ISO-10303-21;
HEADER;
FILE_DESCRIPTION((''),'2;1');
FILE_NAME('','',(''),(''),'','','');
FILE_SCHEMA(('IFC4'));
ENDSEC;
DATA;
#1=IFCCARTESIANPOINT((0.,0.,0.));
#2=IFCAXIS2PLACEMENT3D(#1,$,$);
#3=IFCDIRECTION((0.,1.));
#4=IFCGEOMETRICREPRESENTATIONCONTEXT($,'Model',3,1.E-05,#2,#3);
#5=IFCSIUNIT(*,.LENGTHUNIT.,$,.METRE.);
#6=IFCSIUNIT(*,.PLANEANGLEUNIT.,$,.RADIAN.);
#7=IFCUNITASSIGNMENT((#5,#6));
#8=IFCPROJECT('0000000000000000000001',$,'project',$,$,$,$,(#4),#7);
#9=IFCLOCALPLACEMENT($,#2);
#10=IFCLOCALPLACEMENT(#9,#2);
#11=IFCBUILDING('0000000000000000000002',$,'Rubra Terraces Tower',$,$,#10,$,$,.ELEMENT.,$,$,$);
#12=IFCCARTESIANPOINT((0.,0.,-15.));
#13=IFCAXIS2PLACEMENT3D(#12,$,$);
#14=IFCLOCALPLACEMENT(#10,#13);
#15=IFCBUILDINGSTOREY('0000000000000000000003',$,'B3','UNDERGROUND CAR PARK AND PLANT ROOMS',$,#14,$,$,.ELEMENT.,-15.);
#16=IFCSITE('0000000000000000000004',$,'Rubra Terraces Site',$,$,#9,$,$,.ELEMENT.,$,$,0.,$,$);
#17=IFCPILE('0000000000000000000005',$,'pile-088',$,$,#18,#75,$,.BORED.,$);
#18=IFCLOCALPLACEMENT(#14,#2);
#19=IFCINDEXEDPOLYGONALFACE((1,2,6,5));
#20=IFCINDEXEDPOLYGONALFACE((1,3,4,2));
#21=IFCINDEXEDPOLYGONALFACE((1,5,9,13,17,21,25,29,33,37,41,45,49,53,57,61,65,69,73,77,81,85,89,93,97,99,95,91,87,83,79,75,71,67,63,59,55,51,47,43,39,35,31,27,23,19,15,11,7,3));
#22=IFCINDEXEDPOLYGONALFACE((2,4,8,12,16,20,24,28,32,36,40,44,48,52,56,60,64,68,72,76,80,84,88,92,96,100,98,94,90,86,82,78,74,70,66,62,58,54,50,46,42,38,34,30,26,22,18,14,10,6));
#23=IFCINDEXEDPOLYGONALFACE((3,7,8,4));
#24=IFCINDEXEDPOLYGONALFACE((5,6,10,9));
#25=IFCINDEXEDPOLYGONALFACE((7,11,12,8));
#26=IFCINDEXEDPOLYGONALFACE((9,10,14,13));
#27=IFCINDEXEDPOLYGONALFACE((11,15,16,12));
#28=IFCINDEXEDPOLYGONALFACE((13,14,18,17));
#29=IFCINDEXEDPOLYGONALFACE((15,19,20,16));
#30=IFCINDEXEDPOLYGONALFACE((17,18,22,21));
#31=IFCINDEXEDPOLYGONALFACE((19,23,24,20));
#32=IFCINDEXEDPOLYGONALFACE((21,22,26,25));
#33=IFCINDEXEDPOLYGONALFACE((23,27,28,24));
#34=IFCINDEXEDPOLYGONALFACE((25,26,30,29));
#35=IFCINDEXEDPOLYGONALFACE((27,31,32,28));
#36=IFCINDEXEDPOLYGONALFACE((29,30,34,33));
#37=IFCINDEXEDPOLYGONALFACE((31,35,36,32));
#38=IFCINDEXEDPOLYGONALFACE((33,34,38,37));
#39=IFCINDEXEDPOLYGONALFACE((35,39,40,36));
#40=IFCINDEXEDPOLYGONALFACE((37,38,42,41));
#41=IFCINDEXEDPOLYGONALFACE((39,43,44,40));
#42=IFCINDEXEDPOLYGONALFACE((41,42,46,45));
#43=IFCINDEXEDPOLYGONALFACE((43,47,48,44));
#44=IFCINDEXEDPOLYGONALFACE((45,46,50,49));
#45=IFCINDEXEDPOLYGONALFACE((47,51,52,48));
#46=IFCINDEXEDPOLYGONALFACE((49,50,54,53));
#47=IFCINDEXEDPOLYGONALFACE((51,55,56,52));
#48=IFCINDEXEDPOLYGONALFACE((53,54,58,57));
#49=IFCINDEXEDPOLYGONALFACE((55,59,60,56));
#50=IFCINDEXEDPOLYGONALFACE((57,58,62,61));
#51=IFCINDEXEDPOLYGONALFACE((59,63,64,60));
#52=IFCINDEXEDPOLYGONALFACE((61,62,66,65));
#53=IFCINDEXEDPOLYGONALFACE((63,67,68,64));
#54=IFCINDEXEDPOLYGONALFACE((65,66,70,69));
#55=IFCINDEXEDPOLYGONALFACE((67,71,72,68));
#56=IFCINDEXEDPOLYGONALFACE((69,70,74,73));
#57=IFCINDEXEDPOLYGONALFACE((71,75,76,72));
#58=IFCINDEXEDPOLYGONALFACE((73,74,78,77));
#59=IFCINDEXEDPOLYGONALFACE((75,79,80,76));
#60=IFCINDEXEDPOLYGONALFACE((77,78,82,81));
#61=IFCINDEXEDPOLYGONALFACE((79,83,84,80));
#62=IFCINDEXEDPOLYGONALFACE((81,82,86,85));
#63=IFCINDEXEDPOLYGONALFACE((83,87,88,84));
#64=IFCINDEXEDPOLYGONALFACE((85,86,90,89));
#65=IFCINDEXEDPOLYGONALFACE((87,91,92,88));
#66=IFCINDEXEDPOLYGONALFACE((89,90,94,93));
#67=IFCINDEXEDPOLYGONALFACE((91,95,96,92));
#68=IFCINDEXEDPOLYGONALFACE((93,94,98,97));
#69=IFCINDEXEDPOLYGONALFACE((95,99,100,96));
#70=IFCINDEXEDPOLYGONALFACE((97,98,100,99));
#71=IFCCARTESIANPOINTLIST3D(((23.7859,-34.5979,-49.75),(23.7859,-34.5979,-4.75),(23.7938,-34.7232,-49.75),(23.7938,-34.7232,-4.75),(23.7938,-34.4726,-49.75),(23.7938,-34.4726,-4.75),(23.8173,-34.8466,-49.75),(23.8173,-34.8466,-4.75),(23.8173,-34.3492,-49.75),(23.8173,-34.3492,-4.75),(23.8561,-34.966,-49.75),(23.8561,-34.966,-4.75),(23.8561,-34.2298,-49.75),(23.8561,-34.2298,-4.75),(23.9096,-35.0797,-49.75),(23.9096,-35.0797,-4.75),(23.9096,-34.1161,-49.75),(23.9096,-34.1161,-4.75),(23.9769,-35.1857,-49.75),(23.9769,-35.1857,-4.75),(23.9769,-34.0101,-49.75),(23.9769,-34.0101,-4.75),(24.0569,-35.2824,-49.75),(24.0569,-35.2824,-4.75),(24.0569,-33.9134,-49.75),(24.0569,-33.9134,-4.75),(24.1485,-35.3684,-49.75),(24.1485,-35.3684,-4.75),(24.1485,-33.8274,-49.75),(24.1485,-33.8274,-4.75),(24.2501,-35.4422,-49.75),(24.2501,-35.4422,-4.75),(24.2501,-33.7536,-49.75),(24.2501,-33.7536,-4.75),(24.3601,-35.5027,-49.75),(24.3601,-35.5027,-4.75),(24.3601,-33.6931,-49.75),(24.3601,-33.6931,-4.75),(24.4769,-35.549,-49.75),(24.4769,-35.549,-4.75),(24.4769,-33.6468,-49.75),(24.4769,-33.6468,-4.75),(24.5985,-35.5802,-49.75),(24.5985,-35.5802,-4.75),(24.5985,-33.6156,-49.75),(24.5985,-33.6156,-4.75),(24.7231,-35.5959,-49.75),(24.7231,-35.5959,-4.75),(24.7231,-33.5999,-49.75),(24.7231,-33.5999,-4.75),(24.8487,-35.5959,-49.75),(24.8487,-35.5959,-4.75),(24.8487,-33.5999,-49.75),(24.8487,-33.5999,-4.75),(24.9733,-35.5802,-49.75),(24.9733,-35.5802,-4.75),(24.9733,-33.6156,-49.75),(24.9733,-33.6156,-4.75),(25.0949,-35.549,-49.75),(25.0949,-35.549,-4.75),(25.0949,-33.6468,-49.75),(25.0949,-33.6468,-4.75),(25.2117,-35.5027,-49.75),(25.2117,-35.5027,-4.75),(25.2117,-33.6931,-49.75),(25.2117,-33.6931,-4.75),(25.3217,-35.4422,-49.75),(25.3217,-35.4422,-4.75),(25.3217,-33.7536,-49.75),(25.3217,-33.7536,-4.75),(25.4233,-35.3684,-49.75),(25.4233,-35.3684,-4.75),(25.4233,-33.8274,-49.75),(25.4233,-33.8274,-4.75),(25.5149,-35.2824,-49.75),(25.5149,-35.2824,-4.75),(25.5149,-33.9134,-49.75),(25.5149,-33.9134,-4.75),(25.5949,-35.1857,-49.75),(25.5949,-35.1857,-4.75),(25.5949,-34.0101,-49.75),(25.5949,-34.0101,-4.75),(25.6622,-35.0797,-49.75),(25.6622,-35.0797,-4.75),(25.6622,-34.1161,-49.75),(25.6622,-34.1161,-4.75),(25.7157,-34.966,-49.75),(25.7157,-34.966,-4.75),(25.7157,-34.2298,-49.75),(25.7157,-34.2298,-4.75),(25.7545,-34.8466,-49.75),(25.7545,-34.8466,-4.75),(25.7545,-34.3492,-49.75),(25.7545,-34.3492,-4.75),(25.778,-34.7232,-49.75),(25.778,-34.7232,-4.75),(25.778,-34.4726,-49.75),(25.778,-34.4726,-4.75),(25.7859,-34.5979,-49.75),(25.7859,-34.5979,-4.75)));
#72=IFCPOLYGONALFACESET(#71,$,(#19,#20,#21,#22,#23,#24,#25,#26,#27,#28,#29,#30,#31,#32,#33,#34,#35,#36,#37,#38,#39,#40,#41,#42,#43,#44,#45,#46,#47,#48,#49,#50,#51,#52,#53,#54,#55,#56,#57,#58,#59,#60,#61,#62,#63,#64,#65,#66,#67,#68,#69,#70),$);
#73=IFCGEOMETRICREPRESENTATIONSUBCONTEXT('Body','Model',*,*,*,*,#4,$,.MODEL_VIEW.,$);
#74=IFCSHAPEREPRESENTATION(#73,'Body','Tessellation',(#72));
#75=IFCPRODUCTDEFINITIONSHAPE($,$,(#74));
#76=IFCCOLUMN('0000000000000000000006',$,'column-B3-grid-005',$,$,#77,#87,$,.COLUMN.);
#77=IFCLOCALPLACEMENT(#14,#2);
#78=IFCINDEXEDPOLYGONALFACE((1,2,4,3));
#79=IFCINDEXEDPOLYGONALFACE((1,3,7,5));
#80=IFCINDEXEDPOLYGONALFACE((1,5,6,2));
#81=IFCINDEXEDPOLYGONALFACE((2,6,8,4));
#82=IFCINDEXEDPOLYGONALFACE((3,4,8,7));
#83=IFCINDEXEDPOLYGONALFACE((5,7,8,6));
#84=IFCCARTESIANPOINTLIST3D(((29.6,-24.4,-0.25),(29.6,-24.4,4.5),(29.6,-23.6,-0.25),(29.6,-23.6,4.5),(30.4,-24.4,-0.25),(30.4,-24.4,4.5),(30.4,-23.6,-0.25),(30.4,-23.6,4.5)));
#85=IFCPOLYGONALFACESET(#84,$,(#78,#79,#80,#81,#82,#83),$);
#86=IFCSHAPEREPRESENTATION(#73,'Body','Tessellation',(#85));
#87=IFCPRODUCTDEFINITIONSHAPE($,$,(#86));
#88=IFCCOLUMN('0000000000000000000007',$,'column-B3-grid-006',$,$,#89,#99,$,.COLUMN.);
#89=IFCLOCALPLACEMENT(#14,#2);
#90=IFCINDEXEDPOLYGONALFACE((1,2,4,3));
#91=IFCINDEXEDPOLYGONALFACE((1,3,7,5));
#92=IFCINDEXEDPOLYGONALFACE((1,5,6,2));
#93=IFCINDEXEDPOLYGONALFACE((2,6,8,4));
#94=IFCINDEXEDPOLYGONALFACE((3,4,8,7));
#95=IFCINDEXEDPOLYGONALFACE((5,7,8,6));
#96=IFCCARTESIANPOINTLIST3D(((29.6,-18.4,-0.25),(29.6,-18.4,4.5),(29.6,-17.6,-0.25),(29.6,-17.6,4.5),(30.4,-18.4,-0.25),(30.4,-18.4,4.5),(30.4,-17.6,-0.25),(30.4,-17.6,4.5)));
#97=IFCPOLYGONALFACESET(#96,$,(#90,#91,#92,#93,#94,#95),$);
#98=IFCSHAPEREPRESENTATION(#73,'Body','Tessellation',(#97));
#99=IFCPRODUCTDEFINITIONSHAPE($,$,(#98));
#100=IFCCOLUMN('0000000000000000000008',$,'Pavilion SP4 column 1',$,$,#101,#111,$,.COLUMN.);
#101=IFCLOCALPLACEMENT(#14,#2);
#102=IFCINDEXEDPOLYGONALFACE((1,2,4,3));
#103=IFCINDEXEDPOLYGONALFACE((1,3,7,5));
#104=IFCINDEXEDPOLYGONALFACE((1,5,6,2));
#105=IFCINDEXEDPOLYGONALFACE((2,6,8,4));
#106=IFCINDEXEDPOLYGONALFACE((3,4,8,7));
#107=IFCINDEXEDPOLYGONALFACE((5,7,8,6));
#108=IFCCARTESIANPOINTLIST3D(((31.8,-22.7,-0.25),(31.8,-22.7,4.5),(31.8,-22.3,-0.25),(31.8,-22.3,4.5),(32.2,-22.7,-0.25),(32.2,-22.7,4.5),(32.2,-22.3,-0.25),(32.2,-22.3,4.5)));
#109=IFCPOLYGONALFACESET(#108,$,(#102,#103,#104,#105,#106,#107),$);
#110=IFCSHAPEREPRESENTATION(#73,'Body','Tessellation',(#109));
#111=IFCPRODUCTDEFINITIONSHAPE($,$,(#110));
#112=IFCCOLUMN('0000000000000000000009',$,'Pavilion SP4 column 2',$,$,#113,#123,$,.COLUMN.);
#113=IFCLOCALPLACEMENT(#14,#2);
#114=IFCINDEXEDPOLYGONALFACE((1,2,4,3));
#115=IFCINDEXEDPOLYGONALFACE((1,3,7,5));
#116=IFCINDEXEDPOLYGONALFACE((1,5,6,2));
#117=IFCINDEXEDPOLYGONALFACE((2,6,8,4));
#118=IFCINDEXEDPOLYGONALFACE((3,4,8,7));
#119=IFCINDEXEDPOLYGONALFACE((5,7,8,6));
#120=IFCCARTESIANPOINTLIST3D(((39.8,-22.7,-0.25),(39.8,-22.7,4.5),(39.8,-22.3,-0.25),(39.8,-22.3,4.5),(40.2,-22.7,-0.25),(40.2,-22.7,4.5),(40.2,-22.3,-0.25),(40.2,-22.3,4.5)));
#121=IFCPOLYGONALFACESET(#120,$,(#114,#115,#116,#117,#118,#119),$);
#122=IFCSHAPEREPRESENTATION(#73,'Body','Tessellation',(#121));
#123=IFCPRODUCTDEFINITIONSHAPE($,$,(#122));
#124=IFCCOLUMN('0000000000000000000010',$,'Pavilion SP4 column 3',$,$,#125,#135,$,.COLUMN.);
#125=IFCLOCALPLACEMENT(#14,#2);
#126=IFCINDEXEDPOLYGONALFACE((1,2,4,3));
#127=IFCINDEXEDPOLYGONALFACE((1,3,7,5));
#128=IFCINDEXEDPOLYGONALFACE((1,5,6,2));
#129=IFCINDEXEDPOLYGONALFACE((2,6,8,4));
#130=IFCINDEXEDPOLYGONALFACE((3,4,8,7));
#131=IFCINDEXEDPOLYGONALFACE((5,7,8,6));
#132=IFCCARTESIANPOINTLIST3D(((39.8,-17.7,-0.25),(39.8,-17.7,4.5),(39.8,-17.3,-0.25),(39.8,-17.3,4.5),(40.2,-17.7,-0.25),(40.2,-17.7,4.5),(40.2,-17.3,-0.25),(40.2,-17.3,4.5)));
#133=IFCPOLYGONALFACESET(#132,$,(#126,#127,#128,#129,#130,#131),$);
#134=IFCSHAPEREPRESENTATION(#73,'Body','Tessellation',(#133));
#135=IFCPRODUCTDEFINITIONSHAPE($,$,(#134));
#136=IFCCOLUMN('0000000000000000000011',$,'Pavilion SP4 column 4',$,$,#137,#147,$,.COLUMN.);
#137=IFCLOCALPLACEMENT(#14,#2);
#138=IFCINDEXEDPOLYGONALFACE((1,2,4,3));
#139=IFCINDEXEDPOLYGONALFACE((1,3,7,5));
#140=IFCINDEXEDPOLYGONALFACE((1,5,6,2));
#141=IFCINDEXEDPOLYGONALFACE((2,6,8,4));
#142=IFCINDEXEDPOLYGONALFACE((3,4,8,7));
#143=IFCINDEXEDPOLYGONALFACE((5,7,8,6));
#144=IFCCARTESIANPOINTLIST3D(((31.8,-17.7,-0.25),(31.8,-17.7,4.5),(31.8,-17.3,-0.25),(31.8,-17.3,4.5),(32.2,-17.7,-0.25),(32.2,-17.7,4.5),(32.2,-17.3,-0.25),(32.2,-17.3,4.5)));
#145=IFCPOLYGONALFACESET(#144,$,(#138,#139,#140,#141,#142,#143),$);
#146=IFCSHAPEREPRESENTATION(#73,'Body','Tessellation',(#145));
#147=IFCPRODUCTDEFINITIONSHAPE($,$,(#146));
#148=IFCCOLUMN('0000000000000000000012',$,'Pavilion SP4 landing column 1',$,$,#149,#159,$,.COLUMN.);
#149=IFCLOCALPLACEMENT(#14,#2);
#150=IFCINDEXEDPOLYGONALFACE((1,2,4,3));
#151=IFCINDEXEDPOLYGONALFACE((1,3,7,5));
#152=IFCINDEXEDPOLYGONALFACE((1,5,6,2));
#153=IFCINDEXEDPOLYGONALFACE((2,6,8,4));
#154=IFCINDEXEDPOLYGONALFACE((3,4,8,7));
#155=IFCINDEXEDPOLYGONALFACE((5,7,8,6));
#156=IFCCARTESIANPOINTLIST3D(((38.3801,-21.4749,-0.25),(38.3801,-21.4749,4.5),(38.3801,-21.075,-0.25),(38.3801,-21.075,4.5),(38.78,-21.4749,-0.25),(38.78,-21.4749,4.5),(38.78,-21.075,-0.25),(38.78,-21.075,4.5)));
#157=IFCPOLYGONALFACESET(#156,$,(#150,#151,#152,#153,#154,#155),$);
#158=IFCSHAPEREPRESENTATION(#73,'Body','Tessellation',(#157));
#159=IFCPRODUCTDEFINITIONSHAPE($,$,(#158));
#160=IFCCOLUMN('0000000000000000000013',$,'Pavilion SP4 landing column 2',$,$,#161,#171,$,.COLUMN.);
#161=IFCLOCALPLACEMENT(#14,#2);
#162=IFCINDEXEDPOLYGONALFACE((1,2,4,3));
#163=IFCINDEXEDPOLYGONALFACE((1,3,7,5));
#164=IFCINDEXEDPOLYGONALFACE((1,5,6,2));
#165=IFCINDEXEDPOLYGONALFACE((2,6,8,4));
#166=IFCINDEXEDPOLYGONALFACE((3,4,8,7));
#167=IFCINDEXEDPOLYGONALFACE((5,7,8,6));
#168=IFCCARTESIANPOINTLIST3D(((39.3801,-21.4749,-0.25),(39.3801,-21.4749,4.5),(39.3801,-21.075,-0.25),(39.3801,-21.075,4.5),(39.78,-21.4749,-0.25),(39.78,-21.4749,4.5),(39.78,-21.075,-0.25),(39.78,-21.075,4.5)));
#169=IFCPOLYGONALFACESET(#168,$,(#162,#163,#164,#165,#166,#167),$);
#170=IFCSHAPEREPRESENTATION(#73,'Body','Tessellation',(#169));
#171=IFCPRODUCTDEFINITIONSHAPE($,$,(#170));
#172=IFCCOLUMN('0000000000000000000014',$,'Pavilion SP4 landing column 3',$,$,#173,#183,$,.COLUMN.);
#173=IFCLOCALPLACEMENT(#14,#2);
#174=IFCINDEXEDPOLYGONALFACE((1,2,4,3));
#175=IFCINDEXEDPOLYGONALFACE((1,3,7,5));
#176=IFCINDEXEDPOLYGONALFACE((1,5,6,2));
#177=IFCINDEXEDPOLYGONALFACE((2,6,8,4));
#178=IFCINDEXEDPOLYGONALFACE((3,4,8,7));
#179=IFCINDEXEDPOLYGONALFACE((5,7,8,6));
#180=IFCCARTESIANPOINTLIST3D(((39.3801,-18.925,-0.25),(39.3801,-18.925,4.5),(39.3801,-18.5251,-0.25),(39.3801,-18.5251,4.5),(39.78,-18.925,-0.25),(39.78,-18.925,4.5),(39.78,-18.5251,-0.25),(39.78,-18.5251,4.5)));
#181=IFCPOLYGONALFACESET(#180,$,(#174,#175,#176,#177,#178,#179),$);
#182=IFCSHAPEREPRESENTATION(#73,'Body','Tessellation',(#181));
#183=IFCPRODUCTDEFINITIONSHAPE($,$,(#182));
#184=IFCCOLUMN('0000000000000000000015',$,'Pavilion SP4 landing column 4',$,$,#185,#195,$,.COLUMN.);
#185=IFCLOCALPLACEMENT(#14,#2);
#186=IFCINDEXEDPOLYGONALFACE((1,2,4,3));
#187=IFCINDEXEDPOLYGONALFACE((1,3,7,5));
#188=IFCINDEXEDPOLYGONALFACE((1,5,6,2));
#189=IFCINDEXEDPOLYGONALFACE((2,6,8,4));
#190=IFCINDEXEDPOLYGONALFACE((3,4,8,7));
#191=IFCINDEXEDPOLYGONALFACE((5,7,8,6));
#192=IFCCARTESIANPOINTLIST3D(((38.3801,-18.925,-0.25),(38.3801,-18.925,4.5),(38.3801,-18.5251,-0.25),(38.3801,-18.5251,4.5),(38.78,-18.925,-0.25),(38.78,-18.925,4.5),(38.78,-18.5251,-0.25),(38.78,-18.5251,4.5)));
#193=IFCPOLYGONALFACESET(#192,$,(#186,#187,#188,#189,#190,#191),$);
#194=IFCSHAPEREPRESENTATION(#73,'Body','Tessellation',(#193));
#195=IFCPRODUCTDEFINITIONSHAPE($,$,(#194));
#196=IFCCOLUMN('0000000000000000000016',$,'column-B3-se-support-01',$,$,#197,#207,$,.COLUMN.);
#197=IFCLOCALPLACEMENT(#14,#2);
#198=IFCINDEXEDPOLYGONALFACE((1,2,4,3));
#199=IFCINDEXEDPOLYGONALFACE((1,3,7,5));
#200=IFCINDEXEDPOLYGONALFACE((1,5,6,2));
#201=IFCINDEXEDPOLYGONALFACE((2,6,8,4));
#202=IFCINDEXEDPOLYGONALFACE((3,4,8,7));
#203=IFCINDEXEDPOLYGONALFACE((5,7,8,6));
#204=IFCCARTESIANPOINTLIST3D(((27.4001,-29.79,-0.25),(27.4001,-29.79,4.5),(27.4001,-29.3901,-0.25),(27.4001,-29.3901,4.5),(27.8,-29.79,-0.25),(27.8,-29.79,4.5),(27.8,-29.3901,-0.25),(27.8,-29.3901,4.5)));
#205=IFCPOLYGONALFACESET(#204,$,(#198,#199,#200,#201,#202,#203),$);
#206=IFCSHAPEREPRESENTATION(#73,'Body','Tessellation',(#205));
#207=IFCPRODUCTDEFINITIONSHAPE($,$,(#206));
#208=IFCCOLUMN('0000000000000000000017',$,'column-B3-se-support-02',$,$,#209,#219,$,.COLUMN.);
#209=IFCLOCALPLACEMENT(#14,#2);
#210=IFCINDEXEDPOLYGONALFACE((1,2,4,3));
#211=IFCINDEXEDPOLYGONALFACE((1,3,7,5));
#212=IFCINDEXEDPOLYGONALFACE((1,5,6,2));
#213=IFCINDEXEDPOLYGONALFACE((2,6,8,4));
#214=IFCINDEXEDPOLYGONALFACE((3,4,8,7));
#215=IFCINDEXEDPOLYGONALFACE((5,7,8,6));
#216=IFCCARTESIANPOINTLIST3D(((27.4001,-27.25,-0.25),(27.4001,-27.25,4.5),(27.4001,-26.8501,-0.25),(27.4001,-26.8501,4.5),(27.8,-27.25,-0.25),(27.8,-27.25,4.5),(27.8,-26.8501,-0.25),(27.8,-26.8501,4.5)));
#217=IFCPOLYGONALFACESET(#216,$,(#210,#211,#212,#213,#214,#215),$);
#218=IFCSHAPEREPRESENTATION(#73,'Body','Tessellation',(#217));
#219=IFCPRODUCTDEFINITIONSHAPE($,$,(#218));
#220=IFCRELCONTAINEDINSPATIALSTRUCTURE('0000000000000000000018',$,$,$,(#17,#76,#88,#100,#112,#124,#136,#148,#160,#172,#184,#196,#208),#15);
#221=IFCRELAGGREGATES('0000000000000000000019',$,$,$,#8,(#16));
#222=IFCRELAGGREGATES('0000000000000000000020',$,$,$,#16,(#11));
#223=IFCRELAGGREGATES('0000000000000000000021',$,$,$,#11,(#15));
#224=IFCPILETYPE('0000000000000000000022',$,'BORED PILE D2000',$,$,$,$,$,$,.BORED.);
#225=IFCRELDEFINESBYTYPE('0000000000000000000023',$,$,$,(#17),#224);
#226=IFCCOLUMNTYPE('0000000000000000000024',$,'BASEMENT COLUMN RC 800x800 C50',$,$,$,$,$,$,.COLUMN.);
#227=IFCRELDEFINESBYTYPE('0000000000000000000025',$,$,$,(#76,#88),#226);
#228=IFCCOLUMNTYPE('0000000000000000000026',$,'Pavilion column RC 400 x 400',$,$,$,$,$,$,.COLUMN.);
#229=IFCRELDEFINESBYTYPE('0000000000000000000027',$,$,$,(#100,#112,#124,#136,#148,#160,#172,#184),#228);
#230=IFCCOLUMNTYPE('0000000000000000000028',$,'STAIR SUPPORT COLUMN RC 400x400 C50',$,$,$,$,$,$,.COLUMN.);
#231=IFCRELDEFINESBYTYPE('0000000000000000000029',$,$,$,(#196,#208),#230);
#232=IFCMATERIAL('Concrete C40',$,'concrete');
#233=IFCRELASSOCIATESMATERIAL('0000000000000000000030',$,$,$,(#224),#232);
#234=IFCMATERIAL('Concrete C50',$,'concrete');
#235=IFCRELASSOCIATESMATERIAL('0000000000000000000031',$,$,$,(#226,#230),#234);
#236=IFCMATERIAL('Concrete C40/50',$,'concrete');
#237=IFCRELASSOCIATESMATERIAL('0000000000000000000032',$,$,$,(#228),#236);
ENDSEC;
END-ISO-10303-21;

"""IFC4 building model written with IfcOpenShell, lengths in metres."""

from ifc_helpers import new_model, si_unit, direction, frame, origin, origin_2d, place, context, subcontext, project, spatial, rectangle, circle, extrude, material, material_profile, profile_set, type_object, element, save


model = new_model("IFC4")

# Units and contexts
model_context = context("Model", 3, precision=1e-05, world=origin(), true_north=direction((0.0, 1.0)))
body_context = subcontext(model_context, "Body", "Model", "MODEL_VIEW")
ifc_project = project(units=[si_unit("LENGTHUNIT", "METRE"), si_unit("PLANEANGLEUNIT", "RADIAN")], contexts=[model_context])

# Site, building, storey
site_placement = place(None, origin())
site = spatial("IfcSite", under=ifc_project, at=site_placement, Name="Rubra Terraces Site", CompositionType="ELEMENT", RefElevation=0.0)
building_placement = place(site_placement, origin())
building = spatial("IfcBuilding", under=site, at=building_placement, Name="Rubra Terraces Tower", CompositionType="ELEMENT")
storey_placement = place(building_placement, frame((0.0, 0.0, -15.0)))
storey = spatial("IfcBuildingStorey", under=building, at=storey_placement, Name="B3", Description="UNDERGROUND CAR PARK AND PLANT ROOMS", CompositionType="ELEMENT", Elevation=-15.0)

# Pile
ifc_material_1 = material(Name="Concrete C40", Category="concrete")
ifc_material_profile_1 = material_profile(ifc_material_1, circle(Radius=1.0, at=origin_2d()), Name="BORED PILE D2000")
ifc_profile_set_1 = profile_set([ifc_material_profile_1], Name="Concrete C40")
pile_type = type_object("IfcPileType", Name="BORED PILE D2000", PredefinedType="BORED", material=ifc_profile_set_1)
for number, where, z_axis, x_axis, name in (
    (1, (24.7859, -34.5979, -4.75), (0.0, 0.0, -1.0), (1.0, 0.0, 0.0), "pile-088"),
):
    element("IfcPile", number, at=place(storey_placement, frame(where, z_axis=z_axis, x_axis=x_axis)), inside=storey, type_object=pile_type, Name=name, PredefinedType="BORED", context=body_context, shape_type="SweptSolid", body=[
        extrude(circle(Radius=1.0, at=origin_2d()), origin(), (0.0, 0.0, 1.0), 45.0),
    ])

# Columns
ifc_material_2 = material(Name="Concrete C50", Category="concrete")
ifc_material_profile_2 = material_profile(ifc_material_2, rectangle(XDim=0.8, YDim=0.8, at=origin_2d()), Name="RC 800x800")
ifc_profile_set_2 = profile_set([ifc_material_profile_2], Name="Concrete C50")
column_type_1 = type_object("IfcColumnType", Name="BASEMENT COLUMN RC 800x800 C50", PredefinedType="COLUMN", material=ifc_profile_set_2)
for number, where, z_axis, x_axis, name in (
    (2, (30.0, -24.0, -0.25), (0.0, 0.0, 1.0), (1.0, 0.0, 0.0), "column-B3-grid-005"),
    (3, (30.0, -18.0, -0.25), (0.0, 0.0, 1.0), (1.0, 0.0, 0.0), "column-B3-grid-006"),
):
    element("IfcColumn", number, at=place(storey_placement, frame(where, z_axis=z_axis, x_axis=x_axis)), inside=storey, type_object=column_type_1, Name=name, PredefinedType="COLUMN", context=body_context, shape_type="SweptSolid", body=[
        extrude(rectangle(XDim=0.8, YDim=0.8, at=origin_2d()), origin(), (0.0, 0.0, 1.0), 4.75),
    ])
ifc_material_3 = material(Name="Concrete C40/50", Category="concrete")
ifc_material_profile_3 = material_profile(ifc_material_3, rectangle(XDim=0.3999, YDim=0.3999, at=origin_2d()), Name="RC 400x400")
ifc_profile_set_3 = profile_set([ifc_material_profile_3], Name="Concrete C40/50")
column_type_2 = type_object("IfcColumnType", Name="Pavilion column RC 400 x 400", PredefinedType="COLUMN", material=ifc_profile_set_3)
for number, where, z_axis, x_axis, name in (
    (4, (32.0, -22.5, -0.25), (0.0, 0.0, 1.0), (1.0, 0.0, 0.0), "Pavilion SP4 column 1"),
    (5, (40.0, -22.5, -0.25), (0.0, 0.0, 1.0), (1.0, 0.0, 0.0), "Pavilion SP4 column 2"),
    (6, (40.0, -17.5, -0.25), (0.0, 0.0, 1.0), (1.0, 0.0, 0.0), "Pavilion SP4 column 3"),
    (7, (32.0, -17.5, -0.25), (0.0, 0.0, 1.0), (1.0, 0.0, 0.0), "Pavilion SP4 column 4"),
    (8, (38.5801, -21.2749, -0.25), (0.0, 0.0, 1.0), (1.0, 0.0, 0.0), "Pavilion SP4 landing column 1"),
    (9, (39.5801, -21.2749, -0.25), (0.0, 0.0, 1.0), (1.0, 0.0, 0.0), "Pavilion SP4 landing column 2"),
    (10, (39.5801, -18.7251, -0.25), (0.0, 0.0, 1.0), (1.0, 0.0, 0.0), "Pavilion SP4 landing column 3"),
    (11, (38.5801, -18.7251, -0.25), (0.0, 0.0, 1.0), (1.0, 0.0, 0.0), "Pavilion SP4 landing column 4"),
):
    element("IfcColumn", number, at=place(storey_placement, frame(where, z_axis=z_axis, x_axis=x_axis)), inside=storey, type_object=column_type_2, Name=name, PredefinedType="COLUMN", context=body_context, shape_type="SweptSolid", body=[
        extrude(rectangle(XDim=0.3999, YDim=0.3999, at=origin_2d()), origin(), (0.0, 0.0, 1.0), 4.75),
    ])
ifc_material_profile_4 = material_profile(ifc_material_2, rectangle(XDim=0.3999, YDim=0.3999, at=origin_2d()), Name="RC 400x400")
ifc_profile_set_4 = profile_set([ifc_material_profile_4], Name="Concrete C50")
column_type_3 = type_object("IfcColumnType", Name="STAIR SUPPORT COLUMN RC 400x400 C50", PredefinedType="COLUMN", material=ifc_profile_set_4)
for number, where, z_axis, x_axis, name in (
    (12, (27.6001, -29.5901, -0.25), (0.0, 0.0, 1.0), (1.0, 0.0, 0.0), "column-B3-se-support-01"),
    (13, (27.6001, -27.05, -0.25), (0.0, 0.0, 1.0), (1.0, 0.0, 0.0), "column-B3-se-support-02"),
):
    element("IfcColumn", number, at=place(storey_placement, frame(where, z_axis=z_axis, x_axis=x_axis)), inside=storey, type_object=column_type_3, Name=name, PredefinedType="COLUMN", context=body_context, shape_type="SweptSolid", body=[
        extrude(rectangle(XDim=0.3999, YDim=0.3999, at=origin_2d()), origin(), (0.0, 0.0, 1.0), 4.75),
    ])

save(model, "model.ifc")
